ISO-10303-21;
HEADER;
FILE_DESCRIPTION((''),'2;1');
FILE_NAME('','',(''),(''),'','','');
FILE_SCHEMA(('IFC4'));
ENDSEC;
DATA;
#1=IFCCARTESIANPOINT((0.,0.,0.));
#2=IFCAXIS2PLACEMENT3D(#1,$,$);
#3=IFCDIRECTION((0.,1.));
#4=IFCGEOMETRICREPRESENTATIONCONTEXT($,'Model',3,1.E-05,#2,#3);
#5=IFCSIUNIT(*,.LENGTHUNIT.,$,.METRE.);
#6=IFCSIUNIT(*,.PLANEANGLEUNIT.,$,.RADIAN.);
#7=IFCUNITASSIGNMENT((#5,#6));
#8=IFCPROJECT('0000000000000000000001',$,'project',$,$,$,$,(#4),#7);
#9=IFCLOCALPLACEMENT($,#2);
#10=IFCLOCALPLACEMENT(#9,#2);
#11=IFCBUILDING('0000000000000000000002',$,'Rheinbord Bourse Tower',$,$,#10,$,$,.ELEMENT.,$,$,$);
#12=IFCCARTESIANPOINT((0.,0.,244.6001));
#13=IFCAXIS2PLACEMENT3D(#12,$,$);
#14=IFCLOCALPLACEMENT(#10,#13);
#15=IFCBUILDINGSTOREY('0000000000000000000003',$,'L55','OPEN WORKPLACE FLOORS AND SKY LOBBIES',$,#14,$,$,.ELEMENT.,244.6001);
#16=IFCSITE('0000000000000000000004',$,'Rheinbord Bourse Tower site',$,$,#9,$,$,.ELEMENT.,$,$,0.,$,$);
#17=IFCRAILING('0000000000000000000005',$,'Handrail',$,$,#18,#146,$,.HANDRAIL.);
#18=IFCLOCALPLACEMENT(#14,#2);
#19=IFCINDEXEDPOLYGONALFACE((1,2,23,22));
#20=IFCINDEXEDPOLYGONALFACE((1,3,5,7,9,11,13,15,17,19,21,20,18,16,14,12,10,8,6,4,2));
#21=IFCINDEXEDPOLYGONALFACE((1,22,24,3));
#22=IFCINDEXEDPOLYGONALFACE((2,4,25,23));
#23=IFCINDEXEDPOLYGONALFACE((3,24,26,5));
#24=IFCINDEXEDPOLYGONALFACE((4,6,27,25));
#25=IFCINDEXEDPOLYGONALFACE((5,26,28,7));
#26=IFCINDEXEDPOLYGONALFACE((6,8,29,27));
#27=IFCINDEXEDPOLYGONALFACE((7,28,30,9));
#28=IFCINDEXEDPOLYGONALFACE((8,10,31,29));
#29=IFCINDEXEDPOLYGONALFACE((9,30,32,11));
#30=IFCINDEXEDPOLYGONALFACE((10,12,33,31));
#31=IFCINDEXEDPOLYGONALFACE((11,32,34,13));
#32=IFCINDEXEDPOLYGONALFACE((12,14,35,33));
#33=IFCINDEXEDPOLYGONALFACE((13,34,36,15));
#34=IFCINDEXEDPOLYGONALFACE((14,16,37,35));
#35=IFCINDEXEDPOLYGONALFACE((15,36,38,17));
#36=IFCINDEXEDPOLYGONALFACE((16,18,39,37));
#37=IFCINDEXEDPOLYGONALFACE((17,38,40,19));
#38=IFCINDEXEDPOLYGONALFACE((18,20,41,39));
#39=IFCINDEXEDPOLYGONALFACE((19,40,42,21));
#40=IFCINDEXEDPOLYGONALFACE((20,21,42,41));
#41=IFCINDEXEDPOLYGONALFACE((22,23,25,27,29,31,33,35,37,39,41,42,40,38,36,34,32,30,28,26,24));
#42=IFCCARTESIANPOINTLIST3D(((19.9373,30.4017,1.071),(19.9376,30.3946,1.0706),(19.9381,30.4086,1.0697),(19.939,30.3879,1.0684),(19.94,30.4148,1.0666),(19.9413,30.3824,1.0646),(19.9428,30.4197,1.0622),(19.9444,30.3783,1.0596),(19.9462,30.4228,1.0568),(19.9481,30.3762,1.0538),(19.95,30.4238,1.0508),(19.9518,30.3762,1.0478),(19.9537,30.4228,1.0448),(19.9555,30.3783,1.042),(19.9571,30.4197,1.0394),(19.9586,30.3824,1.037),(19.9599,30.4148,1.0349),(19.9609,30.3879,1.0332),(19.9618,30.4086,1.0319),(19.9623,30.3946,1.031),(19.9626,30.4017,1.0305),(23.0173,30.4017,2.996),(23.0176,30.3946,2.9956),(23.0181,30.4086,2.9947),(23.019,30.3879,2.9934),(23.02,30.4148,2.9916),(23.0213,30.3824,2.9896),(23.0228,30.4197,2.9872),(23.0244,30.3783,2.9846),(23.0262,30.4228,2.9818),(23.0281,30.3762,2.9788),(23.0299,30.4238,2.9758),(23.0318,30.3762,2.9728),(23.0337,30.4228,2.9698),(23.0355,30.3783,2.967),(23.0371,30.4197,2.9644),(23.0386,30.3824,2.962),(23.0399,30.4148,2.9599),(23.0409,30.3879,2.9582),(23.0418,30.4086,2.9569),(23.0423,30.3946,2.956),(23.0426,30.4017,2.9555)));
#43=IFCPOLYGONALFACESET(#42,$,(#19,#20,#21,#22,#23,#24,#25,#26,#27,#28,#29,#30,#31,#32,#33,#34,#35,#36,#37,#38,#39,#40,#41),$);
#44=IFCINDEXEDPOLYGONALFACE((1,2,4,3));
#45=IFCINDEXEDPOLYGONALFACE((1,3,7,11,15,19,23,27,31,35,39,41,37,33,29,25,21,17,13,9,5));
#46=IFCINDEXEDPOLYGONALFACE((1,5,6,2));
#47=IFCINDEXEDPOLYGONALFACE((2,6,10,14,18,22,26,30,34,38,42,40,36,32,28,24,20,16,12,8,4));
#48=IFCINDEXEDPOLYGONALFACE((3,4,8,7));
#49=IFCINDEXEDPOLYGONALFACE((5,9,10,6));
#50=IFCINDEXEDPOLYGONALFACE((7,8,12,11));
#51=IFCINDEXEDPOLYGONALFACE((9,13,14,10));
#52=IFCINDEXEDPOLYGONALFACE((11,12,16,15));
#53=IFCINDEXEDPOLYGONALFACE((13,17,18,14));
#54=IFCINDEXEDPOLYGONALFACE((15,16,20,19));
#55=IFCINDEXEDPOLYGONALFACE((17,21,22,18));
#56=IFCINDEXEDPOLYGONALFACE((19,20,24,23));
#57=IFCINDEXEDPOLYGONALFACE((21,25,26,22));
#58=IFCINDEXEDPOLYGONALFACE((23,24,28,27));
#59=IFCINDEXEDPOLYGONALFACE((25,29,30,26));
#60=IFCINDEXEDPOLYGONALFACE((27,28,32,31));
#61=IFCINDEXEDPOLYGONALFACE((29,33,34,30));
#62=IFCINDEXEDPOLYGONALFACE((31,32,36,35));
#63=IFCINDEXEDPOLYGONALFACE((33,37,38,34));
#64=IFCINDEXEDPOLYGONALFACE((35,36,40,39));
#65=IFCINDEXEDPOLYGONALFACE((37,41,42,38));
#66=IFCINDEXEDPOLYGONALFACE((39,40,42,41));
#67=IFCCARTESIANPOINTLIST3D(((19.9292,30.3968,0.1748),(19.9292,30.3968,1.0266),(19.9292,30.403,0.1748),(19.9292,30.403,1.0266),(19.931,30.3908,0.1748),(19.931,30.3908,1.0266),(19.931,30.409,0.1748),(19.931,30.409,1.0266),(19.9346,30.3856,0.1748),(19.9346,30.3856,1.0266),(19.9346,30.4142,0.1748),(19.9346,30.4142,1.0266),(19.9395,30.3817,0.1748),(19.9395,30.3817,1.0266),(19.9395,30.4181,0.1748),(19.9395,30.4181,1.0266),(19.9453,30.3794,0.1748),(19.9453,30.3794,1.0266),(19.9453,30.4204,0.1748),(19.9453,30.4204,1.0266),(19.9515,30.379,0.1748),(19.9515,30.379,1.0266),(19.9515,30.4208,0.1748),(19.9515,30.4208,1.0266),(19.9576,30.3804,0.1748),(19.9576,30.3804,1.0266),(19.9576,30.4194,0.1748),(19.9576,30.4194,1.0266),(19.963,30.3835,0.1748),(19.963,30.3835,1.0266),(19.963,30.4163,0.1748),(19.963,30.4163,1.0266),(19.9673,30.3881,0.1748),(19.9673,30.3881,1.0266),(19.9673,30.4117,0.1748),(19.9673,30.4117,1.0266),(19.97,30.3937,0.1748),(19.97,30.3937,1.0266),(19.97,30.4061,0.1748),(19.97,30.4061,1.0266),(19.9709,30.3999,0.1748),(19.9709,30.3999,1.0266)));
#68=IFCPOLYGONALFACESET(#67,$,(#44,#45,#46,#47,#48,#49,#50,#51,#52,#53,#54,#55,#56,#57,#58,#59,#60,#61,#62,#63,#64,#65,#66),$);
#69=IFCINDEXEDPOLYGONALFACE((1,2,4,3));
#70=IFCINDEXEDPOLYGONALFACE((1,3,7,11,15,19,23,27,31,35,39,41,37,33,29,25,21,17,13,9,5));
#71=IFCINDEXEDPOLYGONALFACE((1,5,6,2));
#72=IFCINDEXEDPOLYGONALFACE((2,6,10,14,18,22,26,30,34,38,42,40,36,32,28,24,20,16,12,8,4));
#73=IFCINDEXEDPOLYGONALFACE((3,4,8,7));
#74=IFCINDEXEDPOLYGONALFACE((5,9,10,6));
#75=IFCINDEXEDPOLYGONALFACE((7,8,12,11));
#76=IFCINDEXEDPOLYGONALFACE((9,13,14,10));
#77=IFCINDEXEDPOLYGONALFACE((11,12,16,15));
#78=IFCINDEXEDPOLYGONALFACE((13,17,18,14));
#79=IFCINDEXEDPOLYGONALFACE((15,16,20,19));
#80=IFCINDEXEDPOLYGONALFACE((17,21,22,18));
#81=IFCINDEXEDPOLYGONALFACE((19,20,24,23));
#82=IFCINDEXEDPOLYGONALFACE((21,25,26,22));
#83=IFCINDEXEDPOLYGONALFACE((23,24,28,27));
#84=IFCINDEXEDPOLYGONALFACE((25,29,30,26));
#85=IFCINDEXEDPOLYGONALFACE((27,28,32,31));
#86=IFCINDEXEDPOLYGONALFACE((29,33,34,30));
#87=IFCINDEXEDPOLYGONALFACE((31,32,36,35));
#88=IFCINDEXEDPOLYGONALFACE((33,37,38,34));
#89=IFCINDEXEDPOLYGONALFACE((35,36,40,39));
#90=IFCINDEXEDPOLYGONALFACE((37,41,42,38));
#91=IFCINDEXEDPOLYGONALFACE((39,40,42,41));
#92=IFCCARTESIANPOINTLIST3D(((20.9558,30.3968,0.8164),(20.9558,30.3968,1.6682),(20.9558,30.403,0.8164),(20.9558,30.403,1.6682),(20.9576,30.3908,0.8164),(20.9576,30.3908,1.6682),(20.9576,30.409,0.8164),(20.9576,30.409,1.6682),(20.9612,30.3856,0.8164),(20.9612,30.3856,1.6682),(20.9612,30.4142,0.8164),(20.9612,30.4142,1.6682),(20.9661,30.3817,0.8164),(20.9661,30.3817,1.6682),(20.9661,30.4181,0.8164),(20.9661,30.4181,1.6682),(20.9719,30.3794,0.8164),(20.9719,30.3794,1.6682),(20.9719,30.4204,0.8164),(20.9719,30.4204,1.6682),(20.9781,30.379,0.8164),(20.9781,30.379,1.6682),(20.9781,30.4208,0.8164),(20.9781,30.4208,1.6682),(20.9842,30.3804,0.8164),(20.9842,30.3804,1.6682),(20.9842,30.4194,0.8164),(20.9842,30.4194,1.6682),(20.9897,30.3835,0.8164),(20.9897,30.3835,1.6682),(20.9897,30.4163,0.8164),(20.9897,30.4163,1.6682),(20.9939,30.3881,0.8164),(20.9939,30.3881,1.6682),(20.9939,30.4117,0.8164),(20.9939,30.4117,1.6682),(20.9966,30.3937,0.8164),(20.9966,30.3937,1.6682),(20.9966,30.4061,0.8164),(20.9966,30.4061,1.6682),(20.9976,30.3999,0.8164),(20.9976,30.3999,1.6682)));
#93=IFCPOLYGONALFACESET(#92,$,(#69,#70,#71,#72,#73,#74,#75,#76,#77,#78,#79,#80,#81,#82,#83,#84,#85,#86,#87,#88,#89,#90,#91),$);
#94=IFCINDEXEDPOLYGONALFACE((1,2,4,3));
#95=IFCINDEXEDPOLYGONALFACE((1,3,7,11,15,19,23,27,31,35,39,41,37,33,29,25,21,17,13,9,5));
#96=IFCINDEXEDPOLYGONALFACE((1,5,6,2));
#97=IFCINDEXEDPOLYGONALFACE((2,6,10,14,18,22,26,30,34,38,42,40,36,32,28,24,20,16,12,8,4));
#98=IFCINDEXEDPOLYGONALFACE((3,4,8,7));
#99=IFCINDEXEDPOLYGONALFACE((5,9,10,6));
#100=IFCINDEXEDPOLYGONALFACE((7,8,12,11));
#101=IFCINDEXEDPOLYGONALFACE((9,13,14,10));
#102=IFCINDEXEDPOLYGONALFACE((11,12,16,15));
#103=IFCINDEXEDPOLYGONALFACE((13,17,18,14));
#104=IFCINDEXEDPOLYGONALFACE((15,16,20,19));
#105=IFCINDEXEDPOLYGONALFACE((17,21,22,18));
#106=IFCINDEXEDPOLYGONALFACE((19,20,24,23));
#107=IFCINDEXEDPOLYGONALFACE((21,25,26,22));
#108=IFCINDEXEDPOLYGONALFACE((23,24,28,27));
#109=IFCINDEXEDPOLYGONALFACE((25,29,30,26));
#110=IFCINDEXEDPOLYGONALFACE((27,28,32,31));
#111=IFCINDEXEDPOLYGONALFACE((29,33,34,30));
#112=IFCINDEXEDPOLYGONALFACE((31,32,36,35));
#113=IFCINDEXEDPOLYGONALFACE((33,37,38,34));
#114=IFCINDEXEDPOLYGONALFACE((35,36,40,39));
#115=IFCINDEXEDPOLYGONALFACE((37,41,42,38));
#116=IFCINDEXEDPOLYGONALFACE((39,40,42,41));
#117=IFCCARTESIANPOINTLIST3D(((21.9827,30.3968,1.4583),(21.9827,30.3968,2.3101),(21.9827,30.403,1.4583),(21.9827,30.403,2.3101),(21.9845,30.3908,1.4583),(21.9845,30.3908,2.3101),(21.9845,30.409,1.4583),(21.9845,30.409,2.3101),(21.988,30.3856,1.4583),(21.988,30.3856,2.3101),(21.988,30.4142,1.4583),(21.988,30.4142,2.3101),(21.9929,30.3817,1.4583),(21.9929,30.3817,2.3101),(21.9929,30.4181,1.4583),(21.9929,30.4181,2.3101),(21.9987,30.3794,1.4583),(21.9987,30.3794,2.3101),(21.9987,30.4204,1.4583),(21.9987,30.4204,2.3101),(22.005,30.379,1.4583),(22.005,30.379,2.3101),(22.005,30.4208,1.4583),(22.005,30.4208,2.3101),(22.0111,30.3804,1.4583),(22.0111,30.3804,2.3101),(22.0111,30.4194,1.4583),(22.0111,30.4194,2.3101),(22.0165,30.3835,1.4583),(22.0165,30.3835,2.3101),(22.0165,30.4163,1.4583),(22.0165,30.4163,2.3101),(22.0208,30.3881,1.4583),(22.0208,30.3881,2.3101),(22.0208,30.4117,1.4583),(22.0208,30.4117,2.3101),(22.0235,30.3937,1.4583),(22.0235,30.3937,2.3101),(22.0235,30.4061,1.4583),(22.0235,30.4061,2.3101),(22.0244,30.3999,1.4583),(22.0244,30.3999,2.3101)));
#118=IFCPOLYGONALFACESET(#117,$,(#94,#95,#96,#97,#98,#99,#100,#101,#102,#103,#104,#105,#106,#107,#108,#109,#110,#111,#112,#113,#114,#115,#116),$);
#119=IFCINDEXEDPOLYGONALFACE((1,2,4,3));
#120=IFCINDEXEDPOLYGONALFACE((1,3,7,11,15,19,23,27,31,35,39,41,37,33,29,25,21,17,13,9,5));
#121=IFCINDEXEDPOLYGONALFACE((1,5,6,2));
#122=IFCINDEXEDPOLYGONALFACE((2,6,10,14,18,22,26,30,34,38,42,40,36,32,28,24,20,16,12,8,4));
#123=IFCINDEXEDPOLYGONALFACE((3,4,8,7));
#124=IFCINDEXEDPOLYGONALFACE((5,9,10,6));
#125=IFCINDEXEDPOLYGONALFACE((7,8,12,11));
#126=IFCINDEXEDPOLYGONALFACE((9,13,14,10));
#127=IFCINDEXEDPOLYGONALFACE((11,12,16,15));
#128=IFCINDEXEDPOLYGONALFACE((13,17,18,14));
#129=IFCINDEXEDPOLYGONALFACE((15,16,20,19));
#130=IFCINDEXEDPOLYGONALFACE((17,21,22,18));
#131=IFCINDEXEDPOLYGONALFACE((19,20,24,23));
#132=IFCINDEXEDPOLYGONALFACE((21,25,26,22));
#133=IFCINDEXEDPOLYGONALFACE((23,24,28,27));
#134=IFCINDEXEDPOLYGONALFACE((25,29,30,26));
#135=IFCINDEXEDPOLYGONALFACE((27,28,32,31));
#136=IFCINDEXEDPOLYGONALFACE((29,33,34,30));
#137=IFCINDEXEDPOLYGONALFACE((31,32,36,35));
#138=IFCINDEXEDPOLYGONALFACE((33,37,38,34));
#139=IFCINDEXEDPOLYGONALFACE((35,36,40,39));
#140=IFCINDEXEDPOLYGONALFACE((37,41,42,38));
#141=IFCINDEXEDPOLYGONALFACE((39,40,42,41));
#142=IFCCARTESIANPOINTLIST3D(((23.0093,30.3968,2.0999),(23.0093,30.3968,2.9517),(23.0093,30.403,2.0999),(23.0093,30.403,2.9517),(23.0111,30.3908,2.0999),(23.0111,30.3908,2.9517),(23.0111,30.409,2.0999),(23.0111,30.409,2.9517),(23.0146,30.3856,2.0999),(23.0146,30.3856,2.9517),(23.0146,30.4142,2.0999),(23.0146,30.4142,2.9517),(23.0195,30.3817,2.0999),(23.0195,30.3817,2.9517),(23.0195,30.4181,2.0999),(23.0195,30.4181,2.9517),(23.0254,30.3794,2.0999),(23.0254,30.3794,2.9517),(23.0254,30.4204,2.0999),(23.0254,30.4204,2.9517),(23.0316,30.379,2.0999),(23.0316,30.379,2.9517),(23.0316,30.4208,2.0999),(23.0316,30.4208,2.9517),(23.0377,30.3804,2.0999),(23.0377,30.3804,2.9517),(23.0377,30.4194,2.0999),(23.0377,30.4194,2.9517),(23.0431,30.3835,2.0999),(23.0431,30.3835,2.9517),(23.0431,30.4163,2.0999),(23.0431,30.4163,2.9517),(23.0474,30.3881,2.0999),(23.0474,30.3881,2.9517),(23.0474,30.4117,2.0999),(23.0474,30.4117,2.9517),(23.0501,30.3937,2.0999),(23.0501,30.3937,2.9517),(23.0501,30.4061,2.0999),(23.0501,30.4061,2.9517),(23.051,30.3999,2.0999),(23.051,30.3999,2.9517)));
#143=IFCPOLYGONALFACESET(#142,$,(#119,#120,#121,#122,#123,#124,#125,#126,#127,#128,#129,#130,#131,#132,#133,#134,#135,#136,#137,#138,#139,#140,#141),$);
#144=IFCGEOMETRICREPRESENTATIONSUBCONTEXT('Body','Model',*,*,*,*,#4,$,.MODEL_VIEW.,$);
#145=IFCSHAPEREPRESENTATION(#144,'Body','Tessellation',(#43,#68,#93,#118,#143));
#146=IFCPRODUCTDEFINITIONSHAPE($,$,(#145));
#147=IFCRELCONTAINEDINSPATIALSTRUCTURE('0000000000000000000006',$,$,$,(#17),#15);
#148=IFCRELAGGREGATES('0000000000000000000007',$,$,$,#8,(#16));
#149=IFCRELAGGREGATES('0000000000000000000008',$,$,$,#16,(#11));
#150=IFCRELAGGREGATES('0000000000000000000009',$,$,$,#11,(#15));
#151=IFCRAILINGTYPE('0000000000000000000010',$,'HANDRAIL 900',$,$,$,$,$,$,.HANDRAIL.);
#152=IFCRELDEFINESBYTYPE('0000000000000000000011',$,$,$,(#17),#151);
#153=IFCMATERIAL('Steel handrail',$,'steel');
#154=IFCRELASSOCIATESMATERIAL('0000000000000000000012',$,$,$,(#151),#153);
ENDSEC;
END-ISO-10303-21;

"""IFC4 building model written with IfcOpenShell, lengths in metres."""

from ifc_helpers import new_model, si_unit, direction, frame, origin, origin_2d, place, context, subcontext, project, spatial, circle, extrude, material, type_object, element, save


model = new_model("IFC4")

# Units and contexts
model_context = context("Model", 3, precision=1e-05, world=origin(), true_north=direction((0.0, 1.0)))
body_context = subcontext(model_context, "Body", "Model", "MODEL_VIEW")
ifc_project = project(units=[si_unit("LENGTHUNIT", "METRE"), si_unit("PLANEANGLEUNIT", "RADIAN")], contexts=[model_context])

# Site, building, storey
site_placement = place(None, origin())
site = spatial("IfcSite", under=ifc_project, at=site_placement, Name="Rheinbord Bourse Tower site", CompositionType="ELEMENT", RefElevation=0.0)
building_placement = place(site_placement, origin())
building = spatial("IfcBuilding", under=site, at=building_placement, Name="Rheinbord Bourse Tower", CompositionType="ELEMENT")
storey_placement = place(building_placement, frame((0.0, 0.0, 244.6001)))
storey = spatial("IfcBuildingStorey", under=building, at=storey_placement, Name="L55", Description="OPEN WORKPLACE FLOORS AND SKY LOBBIES", CompositionType="ELEMENT", Elevation=244.6001)

# Railing
ifc_material_1 = material(Name="Steel handrail", Category="steel")
railing_type = type_object("IfcRailingType", Name="HANDRAIL 900", PredefinedType="HANDRAIL", material=ifc_material_1)
railing_1_placement = place(storey_placement, frame((19.95, 30.3999, 0.1748)))
element("IfcRailing", 1, at=railing_1_placement, inside=storey, type_object=railing_type, Name="Handrail", PredefinedType="HANDRAIL", context=body_context, shape_type="SweptSolid", body=[
    extrude(circle(Radius=0.0239, at=origin_2d()), frame((0.0, 0.0, 0.876), z_axis=(0.847998, 0.0, 0.529999), x_axis=(0.0, 1.0, 0.0)), (0.0, 0.0, 1.0), 3.6321),
    extrude(circle(Radius=0.021, at=origin_2d()), origin(), (0.0, 0.0, 1.0), 0.8518),
    extrude(circle(Radius=0.021, at=origin_2d()), frame((1.0266, 0.0, 0.6416)), (0.0, 0.0, 1.0), 0.8518),
    extrude(circle(Radius=0.021, at=origin_2d()), frame((2.0535, 0.0, 1.2834)), (0.0, 0.0, 1.0), 0.8518),
    extrude(circle(Radius=0.021, at=origin_2d()), frame((3.0801, 0.0, 1.925)), (0.0, 0.0, 1.0), 0.8518),
])

save(model, "model.ifc")
